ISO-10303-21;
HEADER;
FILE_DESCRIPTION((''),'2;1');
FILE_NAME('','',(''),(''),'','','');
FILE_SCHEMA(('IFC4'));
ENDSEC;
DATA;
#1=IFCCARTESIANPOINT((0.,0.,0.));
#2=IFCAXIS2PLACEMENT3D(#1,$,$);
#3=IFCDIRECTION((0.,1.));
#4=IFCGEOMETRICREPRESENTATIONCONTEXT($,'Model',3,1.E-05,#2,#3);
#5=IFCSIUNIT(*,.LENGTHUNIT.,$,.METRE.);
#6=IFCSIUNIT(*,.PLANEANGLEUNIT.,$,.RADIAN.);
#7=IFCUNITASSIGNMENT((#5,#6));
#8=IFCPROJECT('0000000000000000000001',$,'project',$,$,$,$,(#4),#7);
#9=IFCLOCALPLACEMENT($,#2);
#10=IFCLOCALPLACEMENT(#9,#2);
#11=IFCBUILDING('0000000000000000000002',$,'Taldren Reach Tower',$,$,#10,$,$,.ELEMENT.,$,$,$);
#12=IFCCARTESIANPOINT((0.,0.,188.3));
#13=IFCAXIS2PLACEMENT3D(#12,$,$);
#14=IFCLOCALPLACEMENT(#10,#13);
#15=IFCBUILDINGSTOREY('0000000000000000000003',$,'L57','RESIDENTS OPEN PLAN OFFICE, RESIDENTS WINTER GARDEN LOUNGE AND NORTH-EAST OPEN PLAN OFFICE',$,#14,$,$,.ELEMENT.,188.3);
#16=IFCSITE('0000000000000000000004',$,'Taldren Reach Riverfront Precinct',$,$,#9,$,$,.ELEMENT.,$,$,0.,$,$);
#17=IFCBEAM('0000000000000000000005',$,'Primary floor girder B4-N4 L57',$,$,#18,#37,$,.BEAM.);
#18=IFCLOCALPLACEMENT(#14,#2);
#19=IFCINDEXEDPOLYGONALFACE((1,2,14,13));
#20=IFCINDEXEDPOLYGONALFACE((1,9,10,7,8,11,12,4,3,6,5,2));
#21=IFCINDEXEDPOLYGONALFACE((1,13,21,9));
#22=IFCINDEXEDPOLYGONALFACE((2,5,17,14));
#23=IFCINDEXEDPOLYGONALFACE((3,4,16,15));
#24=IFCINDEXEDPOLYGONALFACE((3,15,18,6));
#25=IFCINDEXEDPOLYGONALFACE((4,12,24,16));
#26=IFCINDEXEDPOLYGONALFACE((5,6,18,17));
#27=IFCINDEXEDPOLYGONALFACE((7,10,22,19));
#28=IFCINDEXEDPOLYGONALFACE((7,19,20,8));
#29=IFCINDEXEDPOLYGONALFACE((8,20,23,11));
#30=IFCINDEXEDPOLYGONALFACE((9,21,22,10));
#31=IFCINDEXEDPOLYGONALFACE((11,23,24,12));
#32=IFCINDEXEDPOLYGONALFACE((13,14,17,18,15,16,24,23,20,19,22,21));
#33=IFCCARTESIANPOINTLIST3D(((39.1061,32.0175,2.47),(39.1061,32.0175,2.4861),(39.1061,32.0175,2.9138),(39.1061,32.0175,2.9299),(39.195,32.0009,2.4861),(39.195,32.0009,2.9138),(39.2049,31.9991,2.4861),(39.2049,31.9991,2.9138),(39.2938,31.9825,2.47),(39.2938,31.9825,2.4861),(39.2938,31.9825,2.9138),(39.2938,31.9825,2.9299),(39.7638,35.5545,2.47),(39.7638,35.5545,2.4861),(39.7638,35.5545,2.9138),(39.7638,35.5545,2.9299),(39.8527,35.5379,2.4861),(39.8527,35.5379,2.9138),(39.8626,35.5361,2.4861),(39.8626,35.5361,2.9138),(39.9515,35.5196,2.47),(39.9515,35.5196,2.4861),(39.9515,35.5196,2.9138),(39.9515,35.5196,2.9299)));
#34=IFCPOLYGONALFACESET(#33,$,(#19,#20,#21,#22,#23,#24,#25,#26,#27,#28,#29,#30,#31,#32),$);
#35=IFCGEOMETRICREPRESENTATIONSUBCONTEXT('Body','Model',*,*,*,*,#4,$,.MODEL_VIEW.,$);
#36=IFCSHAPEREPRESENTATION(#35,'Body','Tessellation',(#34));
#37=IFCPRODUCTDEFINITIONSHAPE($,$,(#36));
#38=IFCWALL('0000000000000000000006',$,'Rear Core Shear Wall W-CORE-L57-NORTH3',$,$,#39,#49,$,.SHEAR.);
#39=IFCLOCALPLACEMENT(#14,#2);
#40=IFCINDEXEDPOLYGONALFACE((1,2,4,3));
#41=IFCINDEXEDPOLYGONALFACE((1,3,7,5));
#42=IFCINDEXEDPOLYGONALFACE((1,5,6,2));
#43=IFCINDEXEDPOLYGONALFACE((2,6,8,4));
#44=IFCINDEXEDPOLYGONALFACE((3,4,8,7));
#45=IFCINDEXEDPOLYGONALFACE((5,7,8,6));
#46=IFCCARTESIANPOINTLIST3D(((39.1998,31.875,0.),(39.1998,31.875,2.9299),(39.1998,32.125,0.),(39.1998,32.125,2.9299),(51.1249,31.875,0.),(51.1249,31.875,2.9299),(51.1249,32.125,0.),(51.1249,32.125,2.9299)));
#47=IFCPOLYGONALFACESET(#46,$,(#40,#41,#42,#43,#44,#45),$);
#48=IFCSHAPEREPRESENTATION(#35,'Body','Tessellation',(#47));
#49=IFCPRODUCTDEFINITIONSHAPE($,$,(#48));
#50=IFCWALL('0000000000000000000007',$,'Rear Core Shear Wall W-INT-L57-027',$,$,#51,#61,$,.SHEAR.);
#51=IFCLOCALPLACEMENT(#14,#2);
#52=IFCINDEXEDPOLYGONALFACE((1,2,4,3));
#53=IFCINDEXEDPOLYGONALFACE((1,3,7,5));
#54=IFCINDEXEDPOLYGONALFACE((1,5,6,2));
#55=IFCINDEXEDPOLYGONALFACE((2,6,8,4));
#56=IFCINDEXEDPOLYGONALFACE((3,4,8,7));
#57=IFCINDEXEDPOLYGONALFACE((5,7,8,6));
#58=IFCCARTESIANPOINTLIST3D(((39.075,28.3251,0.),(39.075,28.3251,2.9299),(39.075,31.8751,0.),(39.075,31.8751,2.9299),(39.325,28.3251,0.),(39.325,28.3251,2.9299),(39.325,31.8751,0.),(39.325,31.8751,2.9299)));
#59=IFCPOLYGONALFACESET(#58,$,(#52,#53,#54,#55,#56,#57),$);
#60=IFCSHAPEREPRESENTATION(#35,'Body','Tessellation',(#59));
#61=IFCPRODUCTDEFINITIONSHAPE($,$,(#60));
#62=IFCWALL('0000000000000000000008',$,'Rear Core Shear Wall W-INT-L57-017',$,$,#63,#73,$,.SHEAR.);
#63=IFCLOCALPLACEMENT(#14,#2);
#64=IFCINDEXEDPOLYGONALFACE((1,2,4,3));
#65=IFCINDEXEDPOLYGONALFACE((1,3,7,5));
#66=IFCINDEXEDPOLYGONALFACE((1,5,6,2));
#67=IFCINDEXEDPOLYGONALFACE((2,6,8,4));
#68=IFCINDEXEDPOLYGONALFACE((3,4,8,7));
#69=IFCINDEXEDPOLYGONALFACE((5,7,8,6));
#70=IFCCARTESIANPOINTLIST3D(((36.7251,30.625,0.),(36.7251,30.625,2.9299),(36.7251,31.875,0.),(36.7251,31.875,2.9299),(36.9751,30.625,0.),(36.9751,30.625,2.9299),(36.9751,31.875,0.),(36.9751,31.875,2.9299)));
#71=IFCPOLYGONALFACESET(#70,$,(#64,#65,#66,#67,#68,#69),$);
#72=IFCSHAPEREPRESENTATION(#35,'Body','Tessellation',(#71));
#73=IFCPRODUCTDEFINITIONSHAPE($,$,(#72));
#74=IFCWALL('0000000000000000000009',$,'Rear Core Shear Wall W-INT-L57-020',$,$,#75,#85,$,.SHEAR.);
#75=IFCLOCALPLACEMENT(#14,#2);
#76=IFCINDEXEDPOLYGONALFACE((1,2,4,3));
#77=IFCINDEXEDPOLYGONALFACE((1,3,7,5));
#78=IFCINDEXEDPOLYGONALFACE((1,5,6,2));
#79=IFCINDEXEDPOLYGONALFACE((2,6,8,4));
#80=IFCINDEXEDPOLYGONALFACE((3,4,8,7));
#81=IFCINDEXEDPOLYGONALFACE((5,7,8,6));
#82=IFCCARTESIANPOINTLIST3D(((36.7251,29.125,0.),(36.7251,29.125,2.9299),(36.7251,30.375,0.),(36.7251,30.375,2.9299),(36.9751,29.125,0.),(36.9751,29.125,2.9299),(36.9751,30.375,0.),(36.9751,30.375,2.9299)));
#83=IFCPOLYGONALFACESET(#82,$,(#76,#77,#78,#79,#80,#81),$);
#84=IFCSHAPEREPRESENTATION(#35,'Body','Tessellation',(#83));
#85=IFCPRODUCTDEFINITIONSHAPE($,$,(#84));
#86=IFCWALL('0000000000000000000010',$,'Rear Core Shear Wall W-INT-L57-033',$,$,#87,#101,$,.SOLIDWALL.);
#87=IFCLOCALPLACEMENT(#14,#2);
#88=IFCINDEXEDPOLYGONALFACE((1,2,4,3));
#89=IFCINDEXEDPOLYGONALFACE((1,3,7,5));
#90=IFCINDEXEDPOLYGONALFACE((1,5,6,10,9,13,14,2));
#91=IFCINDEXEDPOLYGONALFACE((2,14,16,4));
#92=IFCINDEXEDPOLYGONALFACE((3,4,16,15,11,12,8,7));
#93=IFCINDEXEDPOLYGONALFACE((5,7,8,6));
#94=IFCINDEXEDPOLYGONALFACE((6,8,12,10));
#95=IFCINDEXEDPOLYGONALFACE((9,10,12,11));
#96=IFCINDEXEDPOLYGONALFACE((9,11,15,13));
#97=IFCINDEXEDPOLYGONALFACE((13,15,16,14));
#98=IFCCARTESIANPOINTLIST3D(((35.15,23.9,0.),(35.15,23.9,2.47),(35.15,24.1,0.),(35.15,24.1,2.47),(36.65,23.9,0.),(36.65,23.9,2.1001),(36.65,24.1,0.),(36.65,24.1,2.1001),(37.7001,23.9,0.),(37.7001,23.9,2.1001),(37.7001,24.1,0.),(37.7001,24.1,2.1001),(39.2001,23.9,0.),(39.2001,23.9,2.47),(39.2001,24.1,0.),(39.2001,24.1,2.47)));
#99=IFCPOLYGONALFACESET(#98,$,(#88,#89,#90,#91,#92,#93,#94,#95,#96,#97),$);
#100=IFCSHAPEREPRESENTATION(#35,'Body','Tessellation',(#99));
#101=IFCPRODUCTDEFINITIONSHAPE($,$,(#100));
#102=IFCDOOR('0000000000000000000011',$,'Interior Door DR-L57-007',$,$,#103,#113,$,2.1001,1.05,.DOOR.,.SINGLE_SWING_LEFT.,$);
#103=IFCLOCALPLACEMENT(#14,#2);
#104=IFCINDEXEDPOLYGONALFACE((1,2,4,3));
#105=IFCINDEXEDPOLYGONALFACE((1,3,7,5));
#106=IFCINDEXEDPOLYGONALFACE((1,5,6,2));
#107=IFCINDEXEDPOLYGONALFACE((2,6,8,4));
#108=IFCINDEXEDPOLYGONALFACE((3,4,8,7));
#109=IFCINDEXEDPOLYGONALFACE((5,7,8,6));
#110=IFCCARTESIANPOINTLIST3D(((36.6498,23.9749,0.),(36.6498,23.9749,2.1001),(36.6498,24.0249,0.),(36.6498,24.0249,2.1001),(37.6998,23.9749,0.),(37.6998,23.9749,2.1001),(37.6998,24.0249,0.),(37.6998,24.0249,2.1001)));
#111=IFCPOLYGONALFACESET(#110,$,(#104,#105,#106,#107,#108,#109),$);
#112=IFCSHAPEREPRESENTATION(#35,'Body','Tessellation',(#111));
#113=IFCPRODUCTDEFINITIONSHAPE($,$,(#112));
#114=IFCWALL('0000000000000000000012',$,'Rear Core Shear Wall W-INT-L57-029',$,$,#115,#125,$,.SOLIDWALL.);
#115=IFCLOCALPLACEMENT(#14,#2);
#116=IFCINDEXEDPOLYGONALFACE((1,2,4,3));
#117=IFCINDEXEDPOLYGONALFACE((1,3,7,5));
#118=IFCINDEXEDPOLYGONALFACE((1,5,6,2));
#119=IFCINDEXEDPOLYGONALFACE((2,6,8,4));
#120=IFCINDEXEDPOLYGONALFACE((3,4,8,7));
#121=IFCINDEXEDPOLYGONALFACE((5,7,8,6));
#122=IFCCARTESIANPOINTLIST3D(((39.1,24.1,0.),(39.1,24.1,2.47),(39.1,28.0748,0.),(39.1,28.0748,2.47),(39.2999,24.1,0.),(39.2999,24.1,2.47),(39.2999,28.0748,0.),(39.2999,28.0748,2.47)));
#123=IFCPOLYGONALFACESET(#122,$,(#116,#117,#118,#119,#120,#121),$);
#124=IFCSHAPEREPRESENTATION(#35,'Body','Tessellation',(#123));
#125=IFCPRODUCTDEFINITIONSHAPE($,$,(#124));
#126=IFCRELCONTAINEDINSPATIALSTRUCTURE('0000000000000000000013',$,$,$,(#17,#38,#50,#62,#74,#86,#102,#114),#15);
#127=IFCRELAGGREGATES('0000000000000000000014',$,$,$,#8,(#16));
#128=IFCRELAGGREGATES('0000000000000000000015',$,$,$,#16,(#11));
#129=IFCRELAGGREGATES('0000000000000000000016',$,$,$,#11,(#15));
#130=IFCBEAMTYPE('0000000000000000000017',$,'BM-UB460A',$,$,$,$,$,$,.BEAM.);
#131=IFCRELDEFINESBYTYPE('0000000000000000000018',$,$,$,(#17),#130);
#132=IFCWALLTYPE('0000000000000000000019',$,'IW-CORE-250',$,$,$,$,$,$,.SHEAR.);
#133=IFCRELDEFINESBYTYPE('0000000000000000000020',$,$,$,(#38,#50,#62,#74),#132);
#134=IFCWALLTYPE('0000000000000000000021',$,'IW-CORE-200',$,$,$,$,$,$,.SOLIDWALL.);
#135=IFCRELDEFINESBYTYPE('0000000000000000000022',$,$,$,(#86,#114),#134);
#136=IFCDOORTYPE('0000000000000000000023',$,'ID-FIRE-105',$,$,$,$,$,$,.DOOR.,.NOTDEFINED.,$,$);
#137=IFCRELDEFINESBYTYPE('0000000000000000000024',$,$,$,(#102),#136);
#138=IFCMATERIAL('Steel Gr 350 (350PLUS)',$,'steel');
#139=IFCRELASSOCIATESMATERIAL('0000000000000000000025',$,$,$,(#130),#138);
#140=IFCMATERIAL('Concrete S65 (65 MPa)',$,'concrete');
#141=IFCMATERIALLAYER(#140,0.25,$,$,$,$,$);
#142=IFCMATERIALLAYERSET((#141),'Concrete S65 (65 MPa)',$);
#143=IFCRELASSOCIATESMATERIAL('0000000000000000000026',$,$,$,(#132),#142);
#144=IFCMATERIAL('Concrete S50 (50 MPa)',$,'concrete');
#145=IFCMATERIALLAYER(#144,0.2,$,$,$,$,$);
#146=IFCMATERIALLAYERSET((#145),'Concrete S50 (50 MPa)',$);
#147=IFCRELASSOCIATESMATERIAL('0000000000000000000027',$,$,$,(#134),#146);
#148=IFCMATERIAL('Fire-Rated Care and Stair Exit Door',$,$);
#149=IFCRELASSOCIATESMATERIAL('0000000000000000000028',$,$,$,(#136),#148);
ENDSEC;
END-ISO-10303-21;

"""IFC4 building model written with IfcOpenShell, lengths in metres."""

from ifc_helpers import new_model, si_unit, direction, frame, frame_2d, origin, origin_2d, place, context, subcontext, project, spatial, rectangle, i_section, extrude, source, transform, mapped, material, layer, layer_set, material_profile, profile_set, type_object, element, fill, save


model = new_model("IFC4")

# Units and contexts
model_context = context("Model", 3, precision=1e-05, world=origin(), true_north=direction((0.0, 1.0)))
body_context = subcontext(model_context, "Body", "Model", "MODEL_VIEW")
ifc_project = project(units=[si_unit("LENGTHUNIT", "METRE"), si_unit("PLANEANGLEUNIT", "RADIAN")], contexts=[model_context])

# Site, building, storey
site_placement = place(None, origin())
site = spatial("IfcSite", under=ifc_project, at=site_placement, Name="Taldren Reach Riverfront Precinct", CompositionType="ELEMENT", RefElevation=0.0)
building_placement = place(site_placement, origin())
building = spatial("IfcBuilding", under=site, at=building_placement, Name="Taldren Reach Tower", CompositionType="ELEMENT")
storey_placement = place(building_placement, frame((0.0, 0.0, 188.3)))
storey = spatial("IfcBuildingStorey", under=building, at=storey_placement, Name="L57", Description="RESIDENTS OPEN PLAN OFFICE, RESIDENTS WINTER GARDEN LOUNGE AND NORTH-EAST OPEN PLAN OFFICE", CompositionType="ELEMENT", Elevation=188.3)

# Shared definitions
ifc_material_1 = material(Name="Steel Gr 350 (350PLUS)", Category="steel")

# Beam
ifc_material_profile_1 = material_profile(ifc_material_1, i_section(OverallWidth=0.1909, OverallDepth=0.46, WebThickness=0.01, FlangeThickness=0.0161, at=origin_2d()), Name="460UB82.1")
ifc_profile_set_1 = profile_set([ifc_material_profile_1], Name="Steel Gr 350 (350PLUS)")
beam_type_1 = type_object("IfcBeamType", Name="BM-UB460A", PredefinedType="BEAM", material=ifc_profile_set_1)
shared_shape_1 = source(origin(), body_context, "Body", "SweptSolid", [
    extrude(i_section(OverallWidth=0.1909, OverallDepth=0.46, WebThickness=0.01, FlangeThickness=0.0161, at=origin_2d()), origin(), (0.0, 0.0, 1.0), 3.5977),
])
beam_1_placement = place(storey_placement, frame((39.2, 32.0, 2.7), z_axis=(0.182813, 0.983148, 0.0), x_axis=(-0.983148, 0.182813, 0.0)))
element("IfcBeam", 1, at=beam_1_placement, inside=storey, type_object=beam_type_1, Name="Primary floor girder B4-N4 L57", PredefinedType="BEAM", context=body_context, shape_type="MappedRepresentation", body=[
    mapped(shared_shape_1, transform((0.0, 0.0, 0.0), scale=1.0)),
])

# Walls
ifc_material_2 = material(Name="Concrete S65 (65 MPa)", Category="concrete")
ifc_layer_1 = layer(ifc_material_2, 0.25)
ifc_layer_set_1 = layer_set([ifc_layer_1], Name="Concrete S65 (65 MPa)")
wall_type_1 = type_object("IfcWallType", Name="IW-CORE-250", PredefinedType="SHEAR", material=ifc_layer_set_1)
shared_shape_2 = source(origin(), body_context, "Body", "SweptSolid", [
    extrude(rectangle(XDim=11.925, YDim=0.25, at=frame_2d((5.9624, 0.0))), origin(), (0.0, 0.0, 1.0), 2.9299),
])
wall_1_placement = place(storey_placement, frame((39.2, 32.0, 0.0), z_axis=(0.0, 0.0, 1.0), x_axis=(1.0, 0.0, 0.0)))
element("IfcWall", 2, at=wall_1_placement, inside=storey, type_object=wall_type_1, Name="Rear Core Shear Wall W-CORE-L57-NORTH3", PredefinedType="SHEAR", context=body_context, shape_type="MappedRepresentation", body=[
    mapped(shared_shape_2, transform((0.0, 0.0, 0.0), scale=1.0)),
])
shared_shape_3 = source(origin(), body_context, "Body", "SweptSolid", [
    extrude(rectangle(XDim=3.55, YDim=0.25, at=frame_2d((1.7749, 0.0))), origin(), (0.0, 0.0, 1.0), 2.9299),
])
wall_2_placement = place(storey_placement, frame((39.2, 31.875, 0.0), z_axis=(0.0, 0.0, 1.0), x_axis=(0.0, -1.0, 0.0)))
element("IfcWall", 3, at=wall_2_placement, inside=storey, type_object=wall_type_1, Name="Rear Core Shear Wall W-INT-L57-027", PredefinedType="SHEAR", context=body_context, shape_type="MappedRepresentation", body=[
    mapped(shared_shape_3, transform((0.0, 0.0, 0.0), scale=1.0)),
])
shared_shape_4 = source(origin(), body_context, "Body", "SweptSolid", [
    extrude(rectangle(XDim=1.25, YDim=0.25, at=frame_2d((0.625, 0.0))), origin(), (0.0, 0.0, 1.0), 2.9299),
])
for number, where, z_axis, x_axis, name in (
    (4, (36.8501, 30.625, 0.0), (0.0, 0.0, 1.0), (0.0, 1.0, 0.0), "Rear Core Shear Wall W-INT-L57-017"),
    (5, (36.8501, 29.125, 0.0), (0.0, 0.0, 1.0), (0.0, 1.0, 0.0), "Rear Core Shear Wall W-INT-L57-020"),
):
    element("IfcWall", number, at=place(storey_placement, frame(where, z_axis=z_axis, x_axis=x_axis)), inside=storey, type_object=wall_type_1, Name=name, PredefinedType="SHEAR", context=body_context, shape_type="MappedRepresentation", body=[
        mapped(shared_shape_4, transform((0.0, 0.0, 0.0), scale=1.0)),
    ])

# Wall, opening, door
ifc_material_3 = material(Name="Concrete S50 (50 MPa)", Category="concrete")
ifc_layer_2 = layer(ifc_material_3, 0.2)
ifc_layer_set_2 = layer_set([ifc_layer_2], Name="Concrete S50 (50 MPa)")
wall_type_2 = type_object("IfcWallType", Name="IW-CORE-200", PredefinedType="SOLIDWALL", material=ifc_layer_set_2)
shared_shape_5 = source(origin(), body_context, "Body", "SweptSolid", [
    extrude(rectangle(XDim=4.05, YDim=0.2, at=frame_2d((2.0249, 0.0))), origin(), (0.0, 0.0, 1.0), 2.47),
])
wall_3_placement = place(storey_placement, frame((39.2, 24.0, 0.0), z_axis=(0.0, 0.0, 1.0), x_axis=(-1.0, 0.0, 0.0)))
wall_3 = element("IfcWall", 6, at=wall_3_placement, inside=storey, type_object=wall_type_2, Name="Rear Core Shear Wall W-INT-L57-033", PredefinedType="SOLIDWALL", context=body_context, shape_type="MappedRepresentation", body=[
    mapped(shared_shape_5, transform((0.0, 0.0, 0.0), scale=1.0)),
])
shared_shape_6 = source(origin(), body_context, "Body", "SweptSolid", [
    extrude(rectangle(XDim=1.05, YDim=2.1001, at=frame_2d((0.5249, 1.05))), frame((0.0, 0.1099, 0.0), z_axis=(0.0, -1.0, 0.0), x_axis=(1.0, 0.0, 0.0)), (0.0, 0.0, 1.0), 0.22),
])
opening_1_placement = place(wall_3_placement, frame((1.5, 0.0, 0.0)))
opening_1 = element("IfcOpeningElement", 7, at=opening_1_placement, cuts=wall_3, PredefinedType="OPENING", context=body_context, shape_type="MappedRepresentation", body=[
    mapped(shared_shape_6, transform((0.0, 0.0, 0.0), scale=1.0)),
])
ifc_material_4 = material(Name="Fire-Rated Care and Stair Exit Door")
door_type_1 = type_object("IfcDoorType", Name="ID-FIRE-105", OperationType="NOTDEFINED", PredefinedType="DOOR", material=ifc_material_4)
shared_shape_7 = source(origin(), body_context, "Body", "SweptSolid", [
    extrude(rectangle(XDim=1.05, YDim=2.1001, at=frame_2d((0.5249, 1.05))), frame((0.0, 0.0249, 0.0), z_axis=(0.0, -1.0, 0.0), x_axis=(1.0, 0.0, 0.0)), (0.0, 0.0, 1.0), 0.05),
])
door_1_placement = place(opening_1_placement, frame((1.05, 0.0, 0.0), z_axis=(0.0, 0.0, 1.0), x_axis=(-1.0, 0.0, 0.0)))
door_1 = element("IfcDoor", 8, at=door_1_placement, inside=storey, type_object=door_type_1, Name="Interior Door DR-L57-007", OperationType="SINGLE_SWING_LEFT", OverallHeight=2.1001, OverallWidth=1.05, PredefinedType="DOOR", context=body_context, shape_type="MappedRepresentation", body=[
    mapped(shared_shape_7, transform((0.0, 0.0, 0.0), scale=1.0)),
])
fill(opening_1, door_1)

# Wall
shared_shape_8 = source(origin(), body_context, "Body", "SweptSolid", [
    extrude(rectangle(XDim=3.9749, YDim=0.2, at=frame_2d((1.9873, 0.0))), origin(), (0.0, 0.0, 1.0), 2.47),
])
wall_4_placement = place(storey_placement, frame((39.2, 24.1001, 0.0), z_axis=(0.0, 0.0, 1.0), x_axis=(0.0, 1.0, 0.0)))
element("IfcWall", 9, at=wall_4_placement, inside=storey, type_object=wall_type_2, Name="Rear Core Shear Wall W-INT-L57-029", PredefinedType="SOLIDWALL", context=body_context, shape_type="MappedRepresentation", body=[
    mapped(shared_shape_8, transform((0.0, 0.0, 0.0), scale=1.0)),
])

save(model, "model.ifc")
